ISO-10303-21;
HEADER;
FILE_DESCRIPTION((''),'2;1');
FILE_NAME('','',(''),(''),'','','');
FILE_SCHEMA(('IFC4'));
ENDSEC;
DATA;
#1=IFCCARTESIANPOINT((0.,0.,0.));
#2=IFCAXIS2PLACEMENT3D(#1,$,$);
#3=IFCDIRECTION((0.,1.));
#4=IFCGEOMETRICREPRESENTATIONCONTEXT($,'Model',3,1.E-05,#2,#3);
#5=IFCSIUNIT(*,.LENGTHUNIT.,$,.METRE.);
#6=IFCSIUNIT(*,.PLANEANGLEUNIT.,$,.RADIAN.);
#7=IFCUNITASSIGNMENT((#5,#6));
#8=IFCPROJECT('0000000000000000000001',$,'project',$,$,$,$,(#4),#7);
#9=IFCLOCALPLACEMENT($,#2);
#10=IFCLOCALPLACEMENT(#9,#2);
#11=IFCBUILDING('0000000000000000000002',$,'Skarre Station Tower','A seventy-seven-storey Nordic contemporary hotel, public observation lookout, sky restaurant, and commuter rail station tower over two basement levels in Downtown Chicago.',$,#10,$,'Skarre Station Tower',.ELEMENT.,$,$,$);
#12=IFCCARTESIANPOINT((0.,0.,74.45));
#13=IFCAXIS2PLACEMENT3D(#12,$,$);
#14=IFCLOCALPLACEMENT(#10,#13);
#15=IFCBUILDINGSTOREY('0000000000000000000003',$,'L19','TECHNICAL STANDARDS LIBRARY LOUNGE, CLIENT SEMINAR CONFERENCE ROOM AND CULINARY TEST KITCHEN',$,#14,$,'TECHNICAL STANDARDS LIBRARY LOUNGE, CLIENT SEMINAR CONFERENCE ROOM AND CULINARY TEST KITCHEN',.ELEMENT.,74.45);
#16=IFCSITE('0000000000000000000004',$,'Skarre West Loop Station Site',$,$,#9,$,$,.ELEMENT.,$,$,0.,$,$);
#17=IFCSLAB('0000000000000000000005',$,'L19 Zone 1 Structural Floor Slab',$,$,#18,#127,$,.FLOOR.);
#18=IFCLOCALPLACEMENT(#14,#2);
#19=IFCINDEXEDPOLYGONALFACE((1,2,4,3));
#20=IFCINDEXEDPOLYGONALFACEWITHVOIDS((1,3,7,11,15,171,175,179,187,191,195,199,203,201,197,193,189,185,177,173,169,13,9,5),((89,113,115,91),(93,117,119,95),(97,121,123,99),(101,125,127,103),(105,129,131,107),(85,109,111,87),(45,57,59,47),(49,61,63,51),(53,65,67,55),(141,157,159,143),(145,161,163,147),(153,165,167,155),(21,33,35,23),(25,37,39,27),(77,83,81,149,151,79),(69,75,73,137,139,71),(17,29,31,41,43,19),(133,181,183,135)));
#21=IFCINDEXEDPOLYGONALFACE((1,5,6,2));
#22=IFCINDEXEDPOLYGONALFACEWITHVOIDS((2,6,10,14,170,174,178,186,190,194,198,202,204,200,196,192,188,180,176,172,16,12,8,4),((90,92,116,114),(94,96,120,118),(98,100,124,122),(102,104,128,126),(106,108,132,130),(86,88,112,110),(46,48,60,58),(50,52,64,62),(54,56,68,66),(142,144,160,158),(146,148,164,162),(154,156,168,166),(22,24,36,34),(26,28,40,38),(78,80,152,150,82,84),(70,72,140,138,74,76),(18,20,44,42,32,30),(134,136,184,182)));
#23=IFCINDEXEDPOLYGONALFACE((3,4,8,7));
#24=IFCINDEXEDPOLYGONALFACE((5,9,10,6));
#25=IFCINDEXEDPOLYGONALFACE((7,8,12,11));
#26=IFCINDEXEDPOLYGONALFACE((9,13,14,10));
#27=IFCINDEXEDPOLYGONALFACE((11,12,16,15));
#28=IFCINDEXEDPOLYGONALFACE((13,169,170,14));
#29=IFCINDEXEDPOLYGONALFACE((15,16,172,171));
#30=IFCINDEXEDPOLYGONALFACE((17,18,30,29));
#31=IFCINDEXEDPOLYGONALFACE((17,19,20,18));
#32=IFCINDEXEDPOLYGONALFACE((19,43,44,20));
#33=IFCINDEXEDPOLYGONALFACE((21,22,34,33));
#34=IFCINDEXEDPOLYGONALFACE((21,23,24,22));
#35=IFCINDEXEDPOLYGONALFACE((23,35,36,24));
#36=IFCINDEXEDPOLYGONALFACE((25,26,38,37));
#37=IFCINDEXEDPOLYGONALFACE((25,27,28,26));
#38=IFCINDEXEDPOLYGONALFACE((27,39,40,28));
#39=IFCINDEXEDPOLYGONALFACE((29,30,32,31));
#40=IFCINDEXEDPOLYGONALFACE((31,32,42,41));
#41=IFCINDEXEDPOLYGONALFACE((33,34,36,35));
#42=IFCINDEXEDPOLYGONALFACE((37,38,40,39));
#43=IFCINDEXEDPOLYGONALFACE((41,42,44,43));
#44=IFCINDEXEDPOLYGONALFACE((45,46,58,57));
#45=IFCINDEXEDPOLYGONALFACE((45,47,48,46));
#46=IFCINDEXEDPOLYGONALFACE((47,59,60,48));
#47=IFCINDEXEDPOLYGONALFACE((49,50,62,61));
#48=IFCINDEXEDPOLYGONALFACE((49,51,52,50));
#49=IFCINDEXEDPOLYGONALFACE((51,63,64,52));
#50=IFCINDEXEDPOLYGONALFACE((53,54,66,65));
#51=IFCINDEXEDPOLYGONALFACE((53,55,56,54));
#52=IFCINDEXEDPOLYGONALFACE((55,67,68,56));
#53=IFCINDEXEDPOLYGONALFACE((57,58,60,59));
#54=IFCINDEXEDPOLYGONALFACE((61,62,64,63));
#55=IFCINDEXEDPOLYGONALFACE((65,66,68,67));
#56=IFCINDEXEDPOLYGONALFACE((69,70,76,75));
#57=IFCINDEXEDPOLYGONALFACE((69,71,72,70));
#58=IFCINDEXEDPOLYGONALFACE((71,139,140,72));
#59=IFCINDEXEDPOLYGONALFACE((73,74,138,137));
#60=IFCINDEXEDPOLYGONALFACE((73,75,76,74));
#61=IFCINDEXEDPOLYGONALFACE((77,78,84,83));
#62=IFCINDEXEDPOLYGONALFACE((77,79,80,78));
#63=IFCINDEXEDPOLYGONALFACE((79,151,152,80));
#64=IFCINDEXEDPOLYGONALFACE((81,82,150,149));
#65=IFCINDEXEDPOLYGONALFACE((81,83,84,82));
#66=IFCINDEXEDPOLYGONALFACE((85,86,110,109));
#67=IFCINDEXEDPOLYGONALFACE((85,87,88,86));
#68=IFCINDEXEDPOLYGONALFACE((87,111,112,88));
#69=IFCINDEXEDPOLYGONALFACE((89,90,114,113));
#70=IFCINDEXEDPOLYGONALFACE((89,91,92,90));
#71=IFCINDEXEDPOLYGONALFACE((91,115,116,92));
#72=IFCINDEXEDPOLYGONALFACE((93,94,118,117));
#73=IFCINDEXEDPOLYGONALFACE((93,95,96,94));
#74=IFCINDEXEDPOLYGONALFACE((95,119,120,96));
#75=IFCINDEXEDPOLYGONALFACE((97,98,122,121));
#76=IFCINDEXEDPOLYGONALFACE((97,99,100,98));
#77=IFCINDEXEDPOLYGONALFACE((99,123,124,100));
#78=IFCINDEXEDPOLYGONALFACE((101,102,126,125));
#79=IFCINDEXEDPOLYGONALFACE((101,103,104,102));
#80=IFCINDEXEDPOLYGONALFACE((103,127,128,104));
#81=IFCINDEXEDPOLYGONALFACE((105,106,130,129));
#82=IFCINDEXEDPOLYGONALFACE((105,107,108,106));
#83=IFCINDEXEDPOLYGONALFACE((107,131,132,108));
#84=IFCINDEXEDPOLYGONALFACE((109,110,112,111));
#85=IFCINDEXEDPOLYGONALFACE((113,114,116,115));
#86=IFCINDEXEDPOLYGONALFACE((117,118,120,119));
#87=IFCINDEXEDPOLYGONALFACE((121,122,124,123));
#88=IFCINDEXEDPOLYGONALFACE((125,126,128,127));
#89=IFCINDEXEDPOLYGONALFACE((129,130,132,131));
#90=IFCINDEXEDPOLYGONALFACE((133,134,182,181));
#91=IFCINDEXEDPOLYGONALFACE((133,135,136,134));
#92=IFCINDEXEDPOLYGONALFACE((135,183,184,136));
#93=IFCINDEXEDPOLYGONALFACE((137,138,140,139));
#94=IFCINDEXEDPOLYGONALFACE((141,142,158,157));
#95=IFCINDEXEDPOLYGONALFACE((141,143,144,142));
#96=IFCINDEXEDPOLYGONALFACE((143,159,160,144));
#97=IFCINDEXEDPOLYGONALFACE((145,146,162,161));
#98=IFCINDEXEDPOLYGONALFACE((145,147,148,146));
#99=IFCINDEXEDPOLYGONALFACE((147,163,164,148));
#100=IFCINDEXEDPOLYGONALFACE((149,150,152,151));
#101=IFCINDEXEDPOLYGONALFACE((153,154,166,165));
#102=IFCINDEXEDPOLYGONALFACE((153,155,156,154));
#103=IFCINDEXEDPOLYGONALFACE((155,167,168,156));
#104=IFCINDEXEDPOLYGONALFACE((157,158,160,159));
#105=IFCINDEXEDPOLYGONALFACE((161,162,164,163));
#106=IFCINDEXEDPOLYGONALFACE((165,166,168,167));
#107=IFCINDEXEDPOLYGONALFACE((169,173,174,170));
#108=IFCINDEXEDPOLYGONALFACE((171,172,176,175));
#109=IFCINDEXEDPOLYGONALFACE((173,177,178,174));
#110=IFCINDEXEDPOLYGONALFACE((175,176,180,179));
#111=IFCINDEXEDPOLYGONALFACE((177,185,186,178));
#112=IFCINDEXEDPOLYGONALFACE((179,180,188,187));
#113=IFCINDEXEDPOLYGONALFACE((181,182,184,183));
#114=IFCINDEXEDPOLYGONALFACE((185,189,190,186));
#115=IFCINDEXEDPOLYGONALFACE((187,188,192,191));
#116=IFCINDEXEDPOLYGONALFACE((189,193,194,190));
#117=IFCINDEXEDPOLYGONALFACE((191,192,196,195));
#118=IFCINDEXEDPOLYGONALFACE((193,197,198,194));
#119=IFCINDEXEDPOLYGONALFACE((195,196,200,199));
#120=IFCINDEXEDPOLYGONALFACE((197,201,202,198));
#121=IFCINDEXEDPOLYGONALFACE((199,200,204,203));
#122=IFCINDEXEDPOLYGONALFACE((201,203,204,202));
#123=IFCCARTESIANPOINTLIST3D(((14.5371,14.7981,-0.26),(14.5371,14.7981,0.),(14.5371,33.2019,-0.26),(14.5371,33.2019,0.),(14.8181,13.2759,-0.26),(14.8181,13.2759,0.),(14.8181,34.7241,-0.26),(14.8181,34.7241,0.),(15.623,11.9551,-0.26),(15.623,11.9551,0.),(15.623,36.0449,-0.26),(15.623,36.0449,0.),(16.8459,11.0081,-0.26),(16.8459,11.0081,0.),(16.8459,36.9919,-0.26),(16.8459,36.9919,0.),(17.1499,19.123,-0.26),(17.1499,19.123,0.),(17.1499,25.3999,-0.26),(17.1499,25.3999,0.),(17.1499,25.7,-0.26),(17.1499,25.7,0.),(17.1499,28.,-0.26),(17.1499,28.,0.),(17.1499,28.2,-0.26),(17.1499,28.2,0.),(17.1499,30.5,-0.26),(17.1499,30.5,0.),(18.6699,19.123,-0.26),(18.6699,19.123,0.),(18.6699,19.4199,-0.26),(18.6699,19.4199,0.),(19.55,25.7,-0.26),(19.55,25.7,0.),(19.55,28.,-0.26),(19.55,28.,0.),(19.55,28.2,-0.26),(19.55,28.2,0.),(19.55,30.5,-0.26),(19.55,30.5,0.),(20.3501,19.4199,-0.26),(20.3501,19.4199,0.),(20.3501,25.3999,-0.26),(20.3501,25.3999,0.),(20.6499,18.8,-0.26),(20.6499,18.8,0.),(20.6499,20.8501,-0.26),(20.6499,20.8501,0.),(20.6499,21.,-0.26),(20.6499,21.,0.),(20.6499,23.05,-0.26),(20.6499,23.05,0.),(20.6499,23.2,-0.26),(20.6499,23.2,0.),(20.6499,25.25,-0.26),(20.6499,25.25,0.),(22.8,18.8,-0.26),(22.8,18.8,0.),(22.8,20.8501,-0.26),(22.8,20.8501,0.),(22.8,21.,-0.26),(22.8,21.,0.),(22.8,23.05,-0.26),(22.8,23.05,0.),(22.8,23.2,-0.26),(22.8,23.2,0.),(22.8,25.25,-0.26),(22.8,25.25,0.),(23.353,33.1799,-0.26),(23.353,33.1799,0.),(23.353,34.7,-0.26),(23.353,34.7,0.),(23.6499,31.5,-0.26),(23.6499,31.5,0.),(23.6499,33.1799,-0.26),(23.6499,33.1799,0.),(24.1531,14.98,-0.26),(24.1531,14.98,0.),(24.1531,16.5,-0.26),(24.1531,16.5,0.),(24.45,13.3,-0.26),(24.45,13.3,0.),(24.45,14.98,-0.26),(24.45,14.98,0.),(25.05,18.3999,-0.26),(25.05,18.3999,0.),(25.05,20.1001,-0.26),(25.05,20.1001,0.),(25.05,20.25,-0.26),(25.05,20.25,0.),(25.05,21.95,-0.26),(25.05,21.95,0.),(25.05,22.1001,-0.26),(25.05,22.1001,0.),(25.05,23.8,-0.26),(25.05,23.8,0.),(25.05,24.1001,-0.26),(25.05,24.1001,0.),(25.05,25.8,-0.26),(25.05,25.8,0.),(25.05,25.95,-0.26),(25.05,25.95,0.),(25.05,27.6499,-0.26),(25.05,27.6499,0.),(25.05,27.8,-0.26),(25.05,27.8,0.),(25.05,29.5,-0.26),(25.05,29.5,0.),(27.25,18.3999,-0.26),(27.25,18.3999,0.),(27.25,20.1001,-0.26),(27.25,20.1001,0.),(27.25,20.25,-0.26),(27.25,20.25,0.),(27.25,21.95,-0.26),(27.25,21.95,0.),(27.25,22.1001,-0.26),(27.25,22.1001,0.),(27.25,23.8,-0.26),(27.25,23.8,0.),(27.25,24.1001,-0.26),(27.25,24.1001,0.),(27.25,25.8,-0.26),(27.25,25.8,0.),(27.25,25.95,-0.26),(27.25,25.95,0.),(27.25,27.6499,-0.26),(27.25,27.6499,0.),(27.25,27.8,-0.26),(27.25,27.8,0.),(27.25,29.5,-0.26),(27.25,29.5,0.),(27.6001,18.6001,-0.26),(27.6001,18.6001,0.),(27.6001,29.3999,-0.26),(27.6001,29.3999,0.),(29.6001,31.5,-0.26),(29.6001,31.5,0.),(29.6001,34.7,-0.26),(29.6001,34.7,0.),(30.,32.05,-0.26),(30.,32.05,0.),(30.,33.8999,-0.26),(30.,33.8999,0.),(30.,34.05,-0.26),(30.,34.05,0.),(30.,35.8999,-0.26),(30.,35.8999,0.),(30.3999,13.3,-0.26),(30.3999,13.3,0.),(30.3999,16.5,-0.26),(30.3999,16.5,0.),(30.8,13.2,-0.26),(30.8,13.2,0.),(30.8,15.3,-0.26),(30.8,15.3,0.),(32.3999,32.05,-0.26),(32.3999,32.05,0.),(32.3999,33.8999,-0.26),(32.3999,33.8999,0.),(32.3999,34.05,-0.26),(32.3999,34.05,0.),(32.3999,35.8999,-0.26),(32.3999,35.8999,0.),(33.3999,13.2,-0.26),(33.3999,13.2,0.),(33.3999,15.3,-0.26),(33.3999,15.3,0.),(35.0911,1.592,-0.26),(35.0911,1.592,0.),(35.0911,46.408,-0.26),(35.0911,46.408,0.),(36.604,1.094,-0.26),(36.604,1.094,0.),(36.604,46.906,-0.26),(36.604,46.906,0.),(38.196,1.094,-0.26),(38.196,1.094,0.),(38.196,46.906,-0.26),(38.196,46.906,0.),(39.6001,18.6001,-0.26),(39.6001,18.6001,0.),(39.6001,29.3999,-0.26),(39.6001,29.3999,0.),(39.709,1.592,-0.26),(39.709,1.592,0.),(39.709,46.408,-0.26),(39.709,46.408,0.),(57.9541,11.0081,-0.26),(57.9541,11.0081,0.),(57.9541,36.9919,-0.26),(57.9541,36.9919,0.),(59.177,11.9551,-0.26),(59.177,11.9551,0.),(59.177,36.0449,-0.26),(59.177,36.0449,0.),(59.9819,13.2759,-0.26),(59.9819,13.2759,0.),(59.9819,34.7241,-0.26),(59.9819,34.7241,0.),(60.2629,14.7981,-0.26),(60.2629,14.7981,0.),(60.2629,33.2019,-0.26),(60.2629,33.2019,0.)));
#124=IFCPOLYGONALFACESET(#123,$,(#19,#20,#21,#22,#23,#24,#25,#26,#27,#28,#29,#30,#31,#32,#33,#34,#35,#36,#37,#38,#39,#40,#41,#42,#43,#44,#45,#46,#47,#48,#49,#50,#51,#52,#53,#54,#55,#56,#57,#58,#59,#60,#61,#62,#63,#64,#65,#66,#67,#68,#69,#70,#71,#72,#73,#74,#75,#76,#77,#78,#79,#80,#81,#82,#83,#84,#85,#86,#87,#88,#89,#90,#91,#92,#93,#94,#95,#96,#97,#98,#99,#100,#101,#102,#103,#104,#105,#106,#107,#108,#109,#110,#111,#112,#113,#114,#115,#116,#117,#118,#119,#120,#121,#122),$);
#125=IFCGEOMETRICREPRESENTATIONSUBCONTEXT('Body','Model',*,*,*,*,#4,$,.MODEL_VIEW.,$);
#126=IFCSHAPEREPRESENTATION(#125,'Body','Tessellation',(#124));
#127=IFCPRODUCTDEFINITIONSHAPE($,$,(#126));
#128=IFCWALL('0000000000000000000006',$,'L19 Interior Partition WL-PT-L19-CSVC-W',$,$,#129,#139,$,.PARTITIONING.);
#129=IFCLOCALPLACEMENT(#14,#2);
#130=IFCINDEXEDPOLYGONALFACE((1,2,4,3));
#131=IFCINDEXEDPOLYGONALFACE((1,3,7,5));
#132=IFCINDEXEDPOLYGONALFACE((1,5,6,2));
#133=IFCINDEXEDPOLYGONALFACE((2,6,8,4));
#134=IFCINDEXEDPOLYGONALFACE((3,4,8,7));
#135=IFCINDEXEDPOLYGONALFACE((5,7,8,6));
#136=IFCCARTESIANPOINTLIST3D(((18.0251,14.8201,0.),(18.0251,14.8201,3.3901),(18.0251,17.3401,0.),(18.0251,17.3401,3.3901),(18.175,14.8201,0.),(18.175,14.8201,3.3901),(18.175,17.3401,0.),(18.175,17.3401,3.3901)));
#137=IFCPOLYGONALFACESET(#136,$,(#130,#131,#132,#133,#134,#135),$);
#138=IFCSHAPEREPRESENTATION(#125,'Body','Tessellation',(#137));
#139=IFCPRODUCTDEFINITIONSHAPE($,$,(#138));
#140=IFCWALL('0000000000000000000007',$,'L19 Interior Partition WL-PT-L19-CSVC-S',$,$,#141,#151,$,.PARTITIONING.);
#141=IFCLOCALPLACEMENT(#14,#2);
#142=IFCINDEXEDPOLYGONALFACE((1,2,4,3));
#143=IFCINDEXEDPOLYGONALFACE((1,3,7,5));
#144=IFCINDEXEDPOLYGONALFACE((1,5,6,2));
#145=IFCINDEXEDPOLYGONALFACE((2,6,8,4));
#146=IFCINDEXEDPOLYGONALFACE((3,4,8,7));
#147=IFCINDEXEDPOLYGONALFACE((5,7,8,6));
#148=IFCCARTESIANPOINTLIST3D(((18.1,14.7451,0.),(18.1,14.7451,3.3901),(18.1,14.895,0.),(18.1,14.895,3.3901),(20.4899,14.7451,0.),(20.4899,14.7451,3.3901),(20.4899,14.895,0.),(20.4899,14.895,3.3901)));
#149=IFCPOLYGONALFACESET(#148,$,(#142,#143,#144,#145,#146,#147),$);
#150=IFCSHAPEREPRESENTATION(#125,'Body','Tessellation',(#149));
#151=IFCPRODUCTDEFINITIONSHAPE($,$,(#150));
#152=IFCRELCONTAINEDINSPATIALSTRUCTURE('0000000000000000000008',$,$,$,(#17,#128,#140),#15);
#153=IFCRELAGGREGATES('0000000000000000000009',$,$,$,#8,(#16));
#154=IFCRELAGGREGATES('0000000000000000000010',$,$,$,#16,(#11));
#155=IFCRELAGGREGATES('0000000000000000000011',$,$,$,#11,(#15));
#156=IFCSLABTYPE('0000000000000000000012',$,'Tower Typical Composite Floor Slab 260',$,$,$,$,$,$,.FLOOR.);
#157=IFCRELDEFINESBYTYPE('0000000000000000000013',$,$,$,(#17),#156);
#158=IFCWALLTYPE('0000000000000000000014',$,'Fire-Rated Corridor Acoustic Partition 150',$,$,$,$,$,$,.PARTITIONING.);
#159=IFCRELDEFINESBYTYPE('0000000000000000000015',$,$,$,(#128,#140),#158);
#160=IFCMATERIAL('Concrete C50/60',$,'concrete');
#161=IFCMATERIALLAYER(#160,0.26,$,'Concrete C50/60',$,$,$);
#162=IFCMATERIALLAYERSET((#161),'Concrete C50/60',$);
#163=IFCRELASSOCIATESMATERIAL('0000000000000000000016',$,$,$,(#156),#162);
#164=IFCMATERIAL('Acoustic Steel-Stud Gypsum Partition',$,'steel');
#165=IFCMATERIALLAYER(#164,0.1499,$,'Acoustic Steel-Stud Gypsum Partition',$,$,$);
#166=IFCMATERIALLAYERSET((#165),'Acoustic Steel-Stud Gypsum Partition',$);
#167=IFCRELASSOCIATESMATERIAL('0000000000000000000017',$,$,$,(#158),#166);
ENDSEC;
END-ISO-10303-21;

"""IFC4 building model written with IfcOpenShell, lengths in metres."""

from ifc_helpers import new_model, si_unit, direction, frame, frame_2d, origin, place, context, subcontext, project, spatial, polyline, rectangle, outline, extrude, material, layer, layer_set, type_object, element, save


model = new_model("IFC4")

# Units and contexts
model_context = context("Model", 3, precision=1e-05, world=origin(), true_north=direction((0.0, 1.0)))
body_context = subcontext(model_context, "Body", "Model", "MODEL_VIEW")
ifc_project = project(units=[si_unit("LENGTHUNIT", "METRE"), si_unit("PLANEANGLEUNIT", "RADIAN")], contexts=[model_context])

# Site, building, storey
site_placement = place(None, origin())
site = spatial("IfcSite", under=ifc_project, at=site_placement, Name="Skarre West Loop Station Site", CompositionType="ELEMENT", RefElevation=0.0)
building_placement = place(site_placement, origin())
building = spatial("IfcBuilding", under=site, at=building_placement, Name="Skarre Station Tower", Description="A seventy-seven-storey Nordic contemporary hotel, public observation lookout, sky restaurant, and commuter rail station tower over two basement levels in Downtown Chicago.", LongName="Skarre Station Tower", CompositionType="ELEMENT")
storey_placement = place(building_placement, frame((0.0, 0.0, 74.45)))
storey = spatial("IfcBuildingStorey", under=building, at=storey_placement, Name="L19", Description="TECHNICAL STANDARDS LIBRARY LOUNGE, CLIENT SEMINAR CONFERENCE ROOM AND CULINARY TEST KITCHEN", LongName="TECHNICAL STANDARDS LIBRARY LOUNGE, CLIENT SEMINAR CONFERENCE ROOM AND CULINARY TEST KITCHEN", CompositionType="ELEMENT", Elevation=74.45)

# Slab
ifc_material_1 = material(Name="Concrete C50/60", Category="concrete")
ifc_layer_1 = layer(ifc_material_1, 0.26, Name="Concrete C50/60")
ifc_layer_set_1 = layer_set([ifc_layer_1], Name="Concrete C50/60")
slab_type_1 = type_object("IfcSlabType", Name="Tower Typical Composite Floor Slab 260", PredefinedType="FLOOR", material=ifc_layer_set_1)
slab_1_placement = place(storey_placement, frame((0.0, 0.0, -0.26)))
element("IfcSlab", 1, at=slab_1_placement, inside=storey, type_object=slab_type_1, Name="L19 Zone 1 Structural Floor Slab", PredefinedType="FLOOR", context=body_context, shape_type="SweptSolid", body=[
    extrude(outline(polyline([(60.2629, 33.2019), (59.9819, 34.7241), (59.177, 36.0449), (57.9541, 36.9919), (39.709, 46.408), (38.196, 46.906), (36.604, 46.906), (35.0911, 46.408), (16.8459, 36.9919), (15.623, 36.0449), (14.8181, 34.7241), (14.5371, 33.2019), (14.5371, 14.7981), (14.8181, 13.2759), (15.623, 11.9551), (16.8459, 11.0081), (35.0911, 1.592), (36.604, 1.094), (38.196, 1.094), (39.709, 1.592), (57.9541, 11.0081), (59.177, 11.9551), (59.9819, 13.2759), (60.2629, 14.7981), (60.2629, 33.2019)]), holes=[polyline([(18.6699, 19.4199), (18.6699, 19.123), (17.1499, 19.123), (17.1499, 25.3999), (20.3501, 25.3999), (20.3501, 19.4199), (18.6699, 19.4199)]), polyline([(24.45, 14.98), (24.1531, 14.98), (24.1531, 16.5), (30.3999, 16.5), (30.3999, 13.3), (24.45, 13.3), (24.45, 14.98)]), polyline([(23.6499, 33.1799), (23.353, 33.1799), (23.353, 34.7), (29.6001, 34.7), (29.6001, 31.5), (23.6499, 31.5), (23.6499, 33.1799)]), polyline([(17.1499, 28.0), (19.55, 28.0), (19.55, 25.7), (17.1499, 25.7), (17.1499, 28.0)]), polyline([(17.1499, 30.5), (19.55, 30.5), (19.55, 28.2), (17.1499, 28.2), (17.1499, 30.5)]), polyline([(30.8, 15.3), (33.3999, 15.3), (33.3999, 13.2), (30.8, 13.2), (30.8, 15.3)]), polyline([(25.05, 20.1001), (27.25, 20.1001), (27.25, 18.3999), (25.05, 18.3999), (25.05, 20.1001)]), polyline([(25.05, 21.95), (27.25, 21.95), (27.25, 20.25), (25.05, 20.25), (25.05, 21.95)]), polyline([(25.05, 23.8), (27.25, 23.8), (27.25, 22.1001), (25.05, 22.1001), (25.05, 23.8)]), polyline([(25.05, 25.8), (27.25, 25.8), (27.25, 24.1001), (25.05, 24.1001), (25.05, 25.8)]), polyline([(25.05, 27.6499), (27.25, 27.6499), (27.25, 25.95), (25.05, 25.95), (25.05, 27.6499)]), polyline([(25.05, 29.5), (27.25, 29.5), (27.25, 27.8), (25.05, 27.8), (25.05, 29.5)]), polyline([(20.6499, 20.8501), (22.8, 20.8501), (22.8, 18.8), (20.6499, 18.8), (20.6499, 20.8501)]), polyline([(20.6499, 23.05), (22.8, 23.05), (22.8, 21.0), (20.6499, 21.0), (20.6499, 23.05)]), polyline([(20.6499, 25.25), (22.8, 25.25), (22.8, 23.2), (20.6499, 23.2), (20.6499, 25.25)]), polyline([(30.0, 33.8999), (32.3999, 33.8999), (32.3999, 32.05), (30.0, 32.05), (30.0, 33.8999)]), polyline([(30.0, 35.8999), (32.3999, 35.8999), (32.3999, 34.05), (30.0, 34.05), (30.0, 35.8999)]), polyline([(27.6001, 29.3999), (39.6001, 29.3999), (39.6001, 18.6001), (27.6001, 18.6001), (27.6001, 29.3999)])]), origin(), (0.0, 0.0, 1.0), 0.26),
])

# Walls
ifc_material_2 = material(Name="Acoustic Steel-Stud Gypsum Partition", Category="steel")
ifc_layer_2 = layer(ifc_material_2, 0.1499, Name="Acoustic Steel-Stud Gypsum Partition")
ifc_layer_set_2 = layer_set([ifc_layer_2], Name="Acoustic Steel-Stud Gypsum Partition")
wall_type_1 = type_object("IfcWallType", Name="Fire-Rated Corridor Acoustic Partition 150", PredefinedType="PARTITIONING", material=ifc_layer_set_2)
wall_1_placement = place(storey_placement, frame((18.1001, 17.3401, 0.0), z_axis=(0.0, 0.0, 1.0), x_axis=(0.0, -1.0, 0.0)))
element("IfcWall", 2, at=wall_1_placement, inside=storey, type_object=wall_type_1, Name="L19 Interior Partition WL-PT-L19-CSVC-W", PredefinedType="PARTITIONING", context=body_context, shape_type="SweptSolid", body=[
    extrude(rectangle(XDim=2.52, YDim=0.1499, at=frame_2d((1.26, 0.0))), origin(), (0.0, 0.0, 1.0), 3.3901),
])
wall_2_placement = place(storey_placement, frame((18.1001, 14.8201, 0.0), z_axis=(0.0, 0.0, 1.0), x_axis=(1.0, 0.0, 0.0)))
element("IfcWall", 3, at=wall_2_placement, inside=storey, type_object=wall_type_1, Name="L19 Interior Partition WL-PT-L19-CSVC-S", PredefinedType="PARTITIONING", context=body_context, shape_type="SweptSolid", body=[
    extrude(rectangle(XDim=2.3899, YDim=0.1499, at=frame_2d((1.1948, 0.0))), origin(), (0.0, 0.0, 1.0), 3.3901),
])

save(model, "model.ifc")
